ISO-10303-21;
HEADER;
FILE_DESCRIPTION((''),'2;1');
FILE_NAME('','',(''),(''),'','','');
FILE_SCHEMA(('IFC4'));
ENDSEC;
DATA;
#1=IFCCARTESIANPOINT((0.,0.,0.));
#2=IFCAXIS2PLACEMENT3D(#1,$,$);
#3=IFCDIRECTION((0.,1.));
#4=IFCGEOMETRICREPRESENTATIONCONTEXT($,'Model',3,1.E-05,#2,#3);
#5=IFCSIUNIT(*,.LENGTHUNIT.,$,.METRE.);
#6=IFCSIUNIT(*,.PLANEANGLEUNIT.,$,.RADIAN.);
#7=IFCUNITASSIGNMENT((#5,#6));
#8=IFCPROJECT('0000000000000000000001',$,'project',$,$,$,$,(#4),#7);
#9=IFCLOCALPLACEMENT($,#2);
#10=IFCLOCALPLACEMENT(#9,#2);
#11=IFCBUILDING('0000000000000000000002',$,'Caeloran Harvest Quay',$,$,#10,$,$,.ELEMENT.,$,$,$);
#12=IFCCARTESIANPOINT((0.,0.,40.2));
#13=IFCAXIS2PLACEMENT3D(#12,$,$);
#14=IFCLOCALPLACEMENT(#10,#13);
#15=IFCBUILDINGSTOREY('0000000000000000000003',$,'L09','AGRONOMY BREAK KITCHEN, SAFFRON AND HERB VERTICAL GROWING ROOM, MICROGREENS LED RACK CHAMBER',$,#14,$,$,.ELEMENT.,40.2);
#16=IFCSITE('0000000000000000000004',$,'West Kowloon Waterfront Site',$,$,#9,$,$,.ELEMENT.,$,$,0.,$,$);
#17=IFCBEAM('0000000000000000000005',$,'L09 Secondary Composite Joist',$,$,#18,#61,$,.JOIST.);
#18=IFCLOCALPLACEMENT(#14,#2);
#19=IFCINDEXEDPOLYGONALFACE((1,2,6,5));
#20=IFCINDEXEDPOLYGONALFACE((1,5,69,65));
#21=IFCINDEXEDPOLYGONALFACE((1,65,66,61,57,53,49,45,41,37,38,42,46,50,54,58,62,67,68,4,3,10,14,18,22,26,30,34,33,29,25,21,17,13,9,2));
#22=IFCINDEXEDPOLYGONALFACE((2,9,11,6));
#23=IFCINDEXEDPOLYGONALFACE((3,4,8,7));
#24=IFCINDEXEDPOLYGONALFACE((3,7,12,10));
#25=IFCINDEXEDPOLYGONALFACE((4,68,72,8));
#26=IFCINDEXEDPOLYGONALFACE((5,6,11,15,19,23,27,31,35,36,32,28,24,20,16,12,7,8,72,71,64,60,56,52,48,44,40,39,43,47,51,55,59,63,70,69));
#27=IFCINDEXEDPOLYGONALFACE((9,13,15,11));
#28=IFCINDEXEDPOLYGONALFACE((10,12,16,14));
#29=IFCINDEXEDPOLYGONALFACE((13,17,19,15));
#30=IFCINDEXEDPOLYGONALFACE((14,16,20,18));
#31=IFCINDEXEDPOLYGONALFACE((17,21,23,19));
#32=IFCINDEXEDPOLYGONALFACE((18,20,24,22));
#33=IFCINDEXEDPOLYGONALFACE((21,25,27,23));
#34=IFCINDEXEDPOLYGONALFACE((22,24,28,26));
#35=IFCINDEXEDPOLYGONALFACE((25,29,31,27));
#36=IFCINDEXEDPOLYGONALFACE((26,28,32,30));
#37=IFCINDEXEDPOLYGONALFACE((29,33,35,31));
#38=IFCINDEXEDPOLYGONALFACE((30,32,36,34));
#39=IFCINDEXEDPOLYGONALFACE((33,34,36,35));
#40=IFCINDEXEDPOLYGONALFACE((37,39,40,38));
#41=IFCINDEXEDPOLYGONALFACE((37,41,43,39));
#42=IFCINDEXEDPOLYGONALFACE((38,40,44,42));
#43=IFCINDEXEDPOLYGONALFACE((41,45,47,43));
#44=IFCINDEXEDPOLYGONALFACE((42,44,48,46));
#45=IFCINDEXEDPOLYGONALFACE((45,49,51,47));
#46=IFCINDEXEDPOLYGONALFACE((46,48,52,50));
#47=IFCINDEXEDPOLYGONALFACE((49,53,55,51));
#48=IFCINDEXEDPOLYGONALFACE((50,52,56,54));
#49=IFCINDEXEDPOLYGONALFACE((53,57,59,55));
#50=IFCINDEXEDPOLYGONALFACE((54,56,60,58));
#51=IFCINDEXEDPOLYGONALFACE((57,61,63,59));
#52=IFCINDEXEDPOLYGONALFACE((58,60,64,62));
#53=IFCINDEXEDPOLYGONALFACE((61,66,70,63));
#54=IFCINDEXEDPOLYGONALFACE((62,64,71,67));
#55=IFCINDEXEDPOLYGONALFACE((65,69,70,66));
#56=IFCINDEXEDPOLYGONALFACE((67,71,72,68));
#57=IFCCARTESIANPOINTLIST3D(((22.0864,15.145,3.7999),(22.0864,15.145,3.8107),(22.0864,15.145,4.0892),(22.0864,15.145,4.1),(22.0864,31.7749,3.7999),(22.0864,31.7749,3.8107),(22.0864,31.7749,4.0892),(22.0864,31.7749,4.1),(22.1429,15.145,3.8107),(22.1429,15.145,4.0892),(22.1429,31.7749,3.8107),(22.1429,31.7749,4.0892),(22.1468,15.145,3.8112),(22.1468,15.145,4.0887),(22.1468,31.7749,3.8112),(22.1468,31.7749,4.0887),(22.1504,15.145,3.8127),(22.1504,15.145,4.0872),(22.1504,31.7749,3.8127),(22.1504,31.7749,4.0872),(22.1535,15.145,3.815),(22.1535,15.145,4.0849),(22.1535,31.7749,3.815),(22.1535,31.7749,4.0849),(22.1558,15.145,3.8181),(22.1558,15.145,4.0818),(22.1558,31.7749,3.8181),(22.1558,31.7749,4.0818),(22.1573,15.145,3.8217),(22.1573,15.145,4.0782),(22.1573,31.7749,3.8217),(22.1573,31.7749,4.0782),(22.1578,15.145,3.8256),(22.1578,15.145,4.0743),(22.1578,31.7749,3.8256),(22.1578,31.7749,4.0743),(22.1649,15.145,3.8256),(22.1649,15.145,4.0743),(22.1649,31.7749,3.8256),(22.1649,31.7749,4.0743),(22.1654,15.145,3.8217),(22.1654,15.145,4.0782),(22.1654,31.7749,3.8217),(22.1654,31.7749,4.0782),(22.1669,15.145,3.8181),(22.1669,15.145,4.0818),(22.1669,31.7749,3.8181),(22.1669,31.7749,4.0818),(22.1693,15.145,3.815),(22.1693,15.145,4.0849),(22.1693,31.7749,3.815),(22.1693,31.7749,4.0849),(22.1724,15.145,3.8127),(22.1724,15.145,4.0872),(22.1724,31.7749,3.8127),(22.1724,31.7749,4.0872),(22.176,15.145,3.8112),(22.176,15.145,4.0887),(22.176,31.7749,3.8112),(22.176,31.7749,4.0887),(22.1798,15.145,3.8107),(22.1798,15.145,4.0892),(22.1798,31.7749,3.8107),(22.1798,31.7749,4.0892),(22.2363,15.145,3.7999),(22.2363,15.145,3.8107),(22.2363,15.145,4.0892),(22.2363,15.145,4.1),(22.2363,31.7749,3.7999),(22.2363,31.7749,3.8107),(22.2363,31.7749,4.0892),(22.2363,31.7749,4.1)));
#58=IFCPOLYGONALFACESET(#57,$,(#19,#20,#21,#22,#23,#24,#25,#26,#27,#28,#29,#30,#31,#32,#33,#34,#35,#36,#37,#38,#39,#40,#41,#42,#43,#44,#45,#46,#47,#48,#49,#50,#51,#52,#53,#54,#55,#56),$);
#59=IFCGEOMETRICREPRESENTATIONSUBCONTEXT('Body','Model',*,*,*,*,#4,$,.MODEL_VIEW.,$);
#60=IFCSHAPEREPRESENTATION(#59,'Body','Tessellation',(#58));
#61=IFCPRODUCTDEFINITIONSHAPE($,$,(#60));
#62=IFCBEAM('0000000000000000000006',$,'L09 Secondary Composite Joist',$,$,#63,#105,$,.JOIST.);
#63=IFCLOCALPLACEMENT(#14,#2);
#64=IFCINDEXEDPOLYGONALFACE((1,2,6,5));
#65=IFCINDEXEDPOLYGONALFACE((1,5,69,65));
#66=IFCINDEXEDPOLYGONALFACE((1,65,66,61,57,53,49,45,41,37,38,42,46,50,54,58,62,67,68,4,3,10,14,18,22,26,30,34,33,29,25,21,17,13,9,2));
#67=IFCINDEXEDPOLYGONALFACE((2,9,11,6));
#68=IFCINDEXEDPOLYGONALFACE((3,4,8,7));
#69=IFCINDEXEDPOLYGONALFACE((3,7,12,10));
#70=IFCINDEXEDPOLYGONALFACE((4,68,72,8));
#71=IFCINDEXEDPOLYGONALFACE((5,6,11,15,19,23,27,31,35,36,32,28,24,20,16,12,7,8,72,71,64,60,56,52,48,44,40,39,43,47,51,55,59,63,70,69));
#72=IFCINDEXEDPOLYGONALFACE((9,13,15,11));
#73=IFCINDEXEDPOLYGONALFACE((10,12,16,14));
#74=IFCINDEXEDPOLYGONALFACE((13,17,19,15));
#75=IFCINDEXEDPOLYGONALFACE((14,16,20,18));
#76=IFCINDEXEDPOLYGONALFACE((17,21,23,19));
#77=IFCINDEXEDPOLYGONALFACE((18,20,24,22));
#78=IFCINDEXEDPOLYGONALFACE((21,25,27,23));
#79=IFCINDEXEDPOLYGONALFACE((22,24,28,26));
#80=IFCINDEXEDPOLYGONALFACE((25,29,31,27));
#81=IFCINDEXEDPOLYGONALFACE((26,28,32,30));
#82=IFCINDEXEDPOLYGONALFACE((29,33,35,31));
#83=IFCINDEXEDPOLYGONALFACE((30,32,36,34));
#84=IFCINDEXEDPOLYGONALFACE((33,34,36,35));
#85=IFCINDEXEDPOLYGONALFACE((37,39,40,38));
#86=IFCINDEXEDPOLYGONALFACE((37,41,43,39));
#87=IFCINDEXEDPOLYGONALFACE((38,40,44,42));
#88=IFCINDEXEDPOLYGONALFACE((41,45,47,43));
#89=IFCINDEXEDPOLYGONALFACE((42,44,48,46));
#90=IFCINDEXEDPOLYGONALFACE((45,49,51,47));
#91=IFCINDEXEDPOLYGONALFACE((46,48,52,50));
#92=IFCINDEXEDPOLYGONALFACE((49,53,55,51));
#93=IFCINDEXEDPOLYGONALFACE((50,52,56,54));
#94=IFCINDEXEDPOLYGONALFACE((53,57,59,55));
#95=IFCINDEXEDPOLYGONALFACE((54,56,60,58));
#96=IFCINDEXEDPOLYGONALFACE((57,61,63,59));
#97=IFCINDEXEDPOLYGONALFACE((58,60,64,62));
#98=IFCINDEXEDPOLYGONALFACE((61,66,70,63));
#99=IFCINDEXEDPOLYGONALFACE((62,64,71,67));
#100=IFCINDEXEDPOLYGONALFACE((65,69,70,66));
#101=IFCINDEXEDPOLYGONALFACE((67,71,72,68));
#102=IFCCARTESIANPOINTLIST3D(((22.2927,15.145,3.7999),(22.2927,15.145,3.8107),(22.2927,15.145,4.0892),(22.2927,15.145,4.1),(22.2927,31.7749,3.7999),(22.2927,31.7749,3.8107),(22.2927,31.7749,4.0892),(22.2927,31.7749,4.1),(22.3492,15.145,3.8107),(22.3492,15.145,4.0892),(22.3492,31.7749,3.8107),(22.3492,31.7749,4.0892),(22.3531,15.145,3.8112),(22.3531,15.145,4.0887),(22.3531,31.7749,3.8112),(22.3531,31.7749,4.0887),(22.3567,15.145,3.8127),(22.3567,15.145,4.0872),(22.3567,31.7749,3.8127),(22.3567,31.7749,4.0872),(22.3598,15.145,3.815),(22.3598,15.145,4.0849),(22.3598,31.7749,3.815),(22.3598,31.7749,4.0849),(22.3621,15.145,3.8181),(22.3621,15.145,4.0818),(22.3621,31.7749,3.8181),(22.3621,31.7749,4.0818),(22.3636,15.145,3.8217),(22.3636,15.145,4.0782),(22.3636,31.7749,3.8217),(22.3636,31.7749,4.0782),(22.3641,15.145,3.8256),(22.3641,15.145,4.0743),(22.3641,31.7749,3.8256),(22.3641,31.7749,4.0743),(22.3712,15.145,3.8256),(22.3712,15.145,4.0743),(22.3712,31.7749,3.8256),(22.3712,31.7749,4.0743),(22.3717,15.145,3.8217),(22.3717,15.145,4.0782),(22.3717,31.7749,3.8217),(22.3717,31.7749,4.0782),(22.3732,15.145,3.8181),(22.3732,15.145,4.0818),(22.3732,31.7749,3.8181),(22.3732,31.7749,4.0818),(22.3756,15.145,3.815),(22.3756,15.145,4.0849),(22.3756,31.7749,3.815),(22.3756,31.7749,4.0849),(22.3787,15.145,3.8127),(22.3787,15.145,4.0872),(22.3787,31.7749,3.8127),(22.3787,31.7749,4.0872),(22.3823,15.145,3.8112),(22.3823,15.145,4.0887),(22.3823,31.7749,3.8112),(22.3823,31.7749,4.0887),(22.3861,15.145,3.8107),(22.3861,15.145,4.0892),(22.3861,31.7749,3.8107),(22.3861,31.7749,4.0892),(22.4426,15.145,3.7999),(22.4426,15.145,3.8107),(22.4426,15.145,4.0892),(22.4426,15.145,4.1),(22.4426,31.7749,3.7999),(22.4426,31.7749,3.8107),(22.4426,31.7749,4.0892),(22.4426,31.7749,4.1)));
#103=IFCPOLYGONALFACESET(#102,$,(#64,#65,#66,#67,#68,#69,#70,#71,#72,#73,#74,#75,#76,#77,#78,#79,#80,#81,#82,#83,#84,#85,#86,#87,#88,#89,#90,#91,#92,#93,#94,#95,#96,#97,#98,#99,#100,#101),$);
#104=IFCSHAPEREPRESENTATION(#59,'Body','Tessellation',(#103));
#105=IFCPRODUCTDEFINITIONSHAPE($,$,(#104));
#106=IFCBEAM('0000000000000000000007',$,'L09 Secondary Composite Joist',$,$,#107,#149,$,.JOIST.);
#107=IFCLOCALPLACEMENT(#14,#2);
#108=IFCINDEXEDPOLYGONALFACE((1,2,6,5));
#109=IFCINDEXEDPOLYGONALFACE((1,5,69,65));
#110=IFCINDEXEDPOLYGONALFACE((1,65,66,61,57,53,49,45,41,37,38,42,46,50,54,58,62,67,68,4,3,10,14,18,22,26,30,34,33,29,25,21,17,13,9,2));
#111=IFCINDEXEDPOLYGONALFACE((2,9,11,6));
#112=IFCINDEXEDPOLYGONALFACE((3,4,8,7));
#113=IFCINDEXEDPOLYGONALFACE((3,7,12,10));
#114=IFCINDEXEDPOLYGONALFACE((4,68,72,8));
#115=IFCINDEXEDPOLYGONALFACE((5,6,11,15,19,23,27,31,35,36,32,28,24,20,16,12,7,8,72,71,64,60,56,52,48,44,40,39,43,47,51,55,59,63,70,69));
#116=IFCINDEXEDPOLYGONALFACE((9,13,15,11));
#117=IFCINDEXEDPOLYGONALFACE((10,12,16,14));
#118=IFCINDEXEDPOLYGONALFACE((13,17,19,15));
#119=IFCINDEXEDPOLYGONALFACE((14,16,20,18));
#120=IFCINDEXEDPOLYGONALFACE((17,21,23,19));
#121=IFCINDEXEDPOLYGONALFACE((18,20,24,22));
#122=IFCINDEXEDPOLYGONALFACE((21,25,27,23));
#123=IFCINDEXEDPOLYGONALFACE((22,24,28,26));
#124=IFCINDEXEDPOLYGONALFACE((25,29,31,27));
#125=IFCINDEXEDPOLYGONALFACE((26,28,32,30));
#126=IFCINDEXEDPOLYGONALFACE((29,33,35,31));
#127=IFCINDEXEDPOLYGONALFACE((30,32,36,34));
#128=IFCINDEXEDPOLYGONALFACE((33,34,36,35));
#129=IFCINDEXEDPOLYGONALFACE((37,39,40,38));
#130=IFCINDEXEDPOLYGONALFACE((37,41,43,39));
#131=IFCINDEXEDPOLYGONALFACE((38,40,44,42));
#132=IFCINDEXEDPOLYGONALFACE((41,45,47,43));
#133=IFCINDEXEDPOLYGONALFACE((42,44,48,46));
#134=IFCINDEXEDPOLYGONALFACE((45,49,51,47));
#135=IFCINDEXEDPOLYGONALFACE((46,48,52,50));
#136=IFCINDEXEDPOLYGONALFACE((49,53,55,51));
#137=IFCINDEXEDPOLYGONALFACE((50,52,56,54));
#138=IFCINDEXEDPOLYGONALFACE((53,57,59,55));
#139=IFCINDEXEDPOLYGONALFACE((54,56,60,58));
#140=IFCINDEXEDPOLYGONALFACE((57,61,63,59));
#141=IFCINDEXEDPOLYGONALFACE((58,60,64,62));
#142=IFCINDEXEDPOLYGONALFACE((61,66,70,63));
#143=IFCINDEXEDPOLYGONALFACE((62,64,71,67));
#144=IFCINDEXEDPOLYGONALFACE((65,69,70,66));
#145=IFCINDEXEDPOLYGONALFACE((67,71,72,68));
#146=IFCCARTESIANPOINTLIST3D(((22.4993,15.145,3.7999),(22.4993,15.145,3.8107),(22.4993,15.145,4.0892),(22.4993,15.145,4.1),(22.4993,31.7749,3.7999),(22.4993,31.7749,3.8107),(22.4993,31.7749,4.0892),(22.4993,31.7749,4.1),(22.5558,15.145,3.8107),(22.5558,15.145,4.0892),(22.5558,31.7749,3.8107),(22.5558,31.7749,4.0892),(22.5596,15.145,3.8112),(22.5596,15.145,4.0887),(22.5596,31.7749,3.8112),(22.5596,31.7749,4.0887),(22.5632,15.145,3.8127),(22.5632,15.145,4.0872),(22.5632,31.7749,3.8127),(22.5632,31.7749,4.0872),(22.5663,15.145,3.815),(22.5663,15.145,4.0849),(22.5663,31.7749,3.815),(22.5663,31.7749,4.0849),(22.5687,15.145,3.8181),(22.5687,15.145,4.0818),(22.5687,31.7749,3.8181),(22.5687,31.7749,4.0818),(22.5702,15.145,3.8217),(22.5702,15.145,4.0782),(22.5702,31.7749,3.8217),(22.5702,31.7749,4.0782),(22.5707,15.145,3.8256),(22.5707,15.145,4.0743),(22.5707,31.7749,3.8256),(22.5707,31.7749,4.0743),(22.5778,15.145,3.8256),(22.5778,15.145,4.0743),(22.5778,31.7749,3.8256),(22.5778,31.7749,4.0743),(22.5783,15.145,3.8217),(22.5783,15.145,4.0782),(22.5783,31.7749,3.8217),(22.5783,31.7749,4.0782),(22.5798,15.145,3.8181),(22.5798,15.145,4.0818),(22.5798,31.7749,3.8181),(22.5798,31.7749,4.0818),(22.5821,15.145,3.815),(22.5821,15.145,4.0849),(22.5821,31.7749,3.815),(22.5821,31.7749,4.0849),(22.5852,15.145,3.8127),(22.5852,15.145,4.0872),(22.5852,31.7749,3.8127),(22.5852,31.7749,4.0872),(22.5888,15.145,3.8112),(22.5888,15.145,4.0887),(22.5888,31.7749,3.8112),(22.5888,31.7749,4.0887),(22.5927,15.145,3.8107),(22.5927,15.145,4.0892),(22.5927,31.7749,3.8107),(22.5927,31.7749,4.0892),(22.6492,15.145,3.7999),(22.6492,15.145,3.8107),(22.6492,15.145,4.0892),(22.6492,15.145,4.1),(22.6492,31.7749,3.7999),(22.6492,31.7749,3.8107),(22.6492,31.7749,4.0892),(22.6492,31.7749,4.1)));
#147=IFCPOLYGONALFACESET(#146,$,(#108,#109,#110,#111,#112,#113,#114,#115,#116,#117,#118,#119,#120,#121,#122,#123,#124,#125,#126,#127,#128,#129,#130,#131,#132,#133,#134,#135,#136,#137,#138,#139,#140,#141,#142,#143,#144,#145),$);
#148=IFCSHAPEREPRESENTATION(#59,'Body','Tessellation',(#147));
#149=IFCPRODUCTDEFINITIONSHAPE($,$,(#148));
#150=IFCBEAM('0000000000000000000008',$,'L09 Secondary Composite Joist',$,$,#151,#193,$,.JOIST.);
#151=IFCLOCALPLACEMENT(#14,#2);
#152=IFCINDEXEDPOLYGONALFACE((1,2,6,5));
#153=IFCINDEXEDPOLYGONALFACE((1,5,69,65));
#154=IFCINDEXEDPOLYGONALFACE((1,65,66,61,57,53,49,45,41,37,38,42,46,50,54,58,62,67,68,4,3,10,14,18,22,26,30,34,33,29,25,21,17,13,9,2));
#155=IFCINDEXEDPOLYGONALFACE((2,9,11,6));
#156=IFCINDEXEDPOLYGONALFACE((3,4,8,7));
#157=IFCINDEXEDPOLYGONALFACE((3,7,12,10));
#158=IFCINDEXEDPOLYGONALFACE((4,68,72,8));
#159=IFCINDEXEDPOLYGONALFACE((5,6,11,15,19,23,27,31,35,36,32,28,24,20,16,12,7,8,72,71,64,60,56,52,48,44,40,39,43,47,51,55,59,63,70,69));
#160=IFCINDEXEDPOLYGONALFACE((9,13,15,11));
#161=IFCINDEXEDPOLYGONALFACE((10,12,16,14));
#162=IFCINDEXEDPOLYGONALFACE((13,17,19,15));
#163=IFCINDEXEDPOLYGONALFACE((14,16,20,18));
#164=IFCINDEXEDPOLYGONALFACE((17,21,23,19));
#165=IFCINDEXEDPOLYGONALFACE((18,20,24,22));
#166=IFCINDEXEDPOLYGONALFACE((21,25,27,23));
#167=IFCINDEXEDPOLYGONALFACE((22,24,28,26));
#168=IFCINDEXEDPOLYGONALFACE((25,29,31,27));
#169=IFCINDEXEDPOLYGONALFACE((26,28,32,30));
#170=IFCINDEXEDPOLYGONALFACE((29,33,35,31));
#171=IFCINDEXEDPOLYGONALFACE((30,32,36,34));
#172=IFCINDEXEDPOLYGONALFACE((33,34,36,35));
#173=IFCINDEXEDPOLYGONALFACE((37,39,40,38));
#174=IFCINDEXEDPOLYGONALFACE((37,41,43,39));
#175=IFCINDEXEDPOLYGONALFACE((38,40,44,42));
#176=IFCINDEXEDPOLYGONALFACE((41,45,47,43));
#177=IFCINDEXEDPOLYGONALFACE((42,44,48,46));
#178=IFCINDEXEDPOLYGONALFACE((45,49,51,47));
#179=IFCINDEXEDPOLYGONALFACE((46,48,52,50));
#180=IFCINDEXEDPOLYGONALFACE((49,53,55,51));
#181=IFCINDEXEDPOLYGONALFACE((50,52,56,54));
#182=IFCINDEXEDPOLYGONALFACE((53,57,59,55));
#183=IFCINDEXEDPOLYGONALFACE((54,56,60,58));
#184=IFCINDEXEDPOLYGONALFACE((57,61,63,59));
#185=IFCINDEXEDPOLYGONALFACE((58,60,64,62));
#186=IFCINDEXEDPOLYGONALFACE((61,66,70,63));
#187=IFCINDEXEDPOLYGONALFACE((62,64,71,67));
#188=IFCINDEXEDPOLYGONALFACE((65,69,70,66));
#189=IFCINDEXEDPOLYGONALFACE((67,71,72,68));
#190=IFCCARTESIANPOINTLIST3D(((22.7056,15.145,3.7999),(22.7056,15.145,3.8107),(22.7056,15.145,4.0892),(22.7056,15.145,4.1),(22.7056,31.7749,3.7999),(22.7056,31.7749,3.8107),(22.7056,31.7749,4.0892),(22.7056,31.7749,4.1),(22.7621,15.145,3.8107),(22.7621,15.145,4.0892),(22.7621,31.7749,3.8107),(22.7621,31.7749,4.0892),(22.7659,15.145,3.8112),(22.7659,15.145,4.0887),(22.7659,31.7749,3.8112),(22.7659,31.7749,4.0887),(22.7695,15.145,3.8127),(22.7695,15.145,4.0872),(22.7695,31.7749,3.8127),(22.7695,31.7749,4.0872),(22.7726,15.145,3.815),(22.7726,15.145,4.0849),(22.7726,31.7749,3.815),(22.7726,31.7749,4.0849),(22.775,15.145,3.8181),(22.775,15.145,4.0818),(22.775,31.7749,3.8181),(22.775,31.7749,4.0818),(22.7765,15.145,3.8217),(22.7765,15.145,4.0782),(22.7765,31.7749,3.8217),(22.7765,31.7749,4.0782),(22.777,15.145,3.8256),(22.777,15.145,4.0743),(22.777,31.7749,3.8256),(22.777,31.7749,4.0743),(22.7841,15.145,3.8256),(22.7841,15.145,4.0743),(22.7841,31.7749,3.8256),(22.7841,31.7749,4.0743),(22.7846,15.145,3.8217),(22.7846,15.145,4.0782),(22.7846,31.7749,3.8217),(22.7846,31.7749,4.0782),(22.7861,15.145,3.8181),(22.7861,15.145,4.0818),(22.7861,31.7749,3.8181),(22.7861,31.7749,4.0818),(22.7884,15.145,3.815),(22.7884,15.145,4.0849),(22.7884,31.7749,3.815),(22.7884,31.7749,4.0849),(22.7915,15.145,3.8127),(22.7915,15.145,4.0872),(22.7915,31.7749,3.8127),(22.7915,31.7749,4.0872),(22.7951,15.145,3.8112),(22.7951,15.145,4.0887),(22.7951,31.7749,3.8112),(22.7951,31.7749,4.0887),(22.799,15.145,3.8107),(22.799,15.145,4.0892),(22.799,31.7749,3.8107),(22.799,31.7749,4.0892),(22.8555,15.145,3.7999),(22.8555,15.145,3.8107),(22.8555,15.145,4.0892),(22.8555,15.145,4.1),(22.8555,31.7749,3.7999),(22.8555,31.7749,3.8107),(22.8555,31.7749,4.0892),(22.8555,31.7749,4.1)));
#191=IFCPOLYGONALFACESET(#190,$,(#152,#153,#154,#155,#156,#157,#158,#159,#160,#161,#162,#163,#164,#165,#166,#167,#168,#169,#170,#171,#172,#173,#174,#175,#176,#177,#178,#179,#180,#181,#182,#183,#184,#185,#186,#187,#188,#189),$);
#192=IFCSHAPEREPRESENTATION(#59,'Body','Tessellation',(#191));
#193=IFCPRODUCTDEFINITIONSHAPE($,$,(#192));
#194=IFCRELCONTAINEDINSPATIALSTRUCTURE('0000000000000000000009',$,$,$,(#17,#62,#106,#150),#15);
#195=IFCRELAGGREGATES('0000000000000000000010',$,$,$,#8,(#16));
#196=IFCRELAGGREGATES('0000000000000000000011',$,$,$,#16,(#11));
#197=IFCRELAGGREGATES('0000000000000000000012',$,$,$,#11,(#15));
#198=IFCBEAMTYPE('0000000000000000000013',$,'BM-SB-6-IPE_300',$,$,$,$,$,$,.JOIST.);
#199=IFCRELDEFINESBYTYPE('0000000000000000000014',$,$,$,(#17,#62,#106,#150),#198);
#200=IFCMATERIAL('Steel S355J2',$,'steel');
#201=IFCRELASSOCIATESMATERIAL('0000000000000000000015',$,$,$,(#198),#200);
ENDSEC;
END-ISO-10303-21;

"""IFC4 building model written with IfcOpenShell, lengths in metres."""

from ifc_helpers import new_model, si_unit, direction, frame, origin, origin_2d, place, context, subcontext, project, spatial, i_section, extrude, material, material_profile, profile_set, type_object, element, save


model = new_model("IFC4")

# Units and contexts
model_context = context("Model", 3, precision=1e-05, world=origin(), true_north=direction((0.0, 1.0)))
body_context = subcontext(model_context, "Body", "Model", "MODEL_VIEW")
ifc_project = project(units=[si_unit("LENGTHUNIT", "METRE"), si_unit("PLANEANGLEUNIT", "RADIAN")], contexts=[model_context])

# Site, building, storey
site_placement = place(None, origin())
site = spatial("IfcSite", under=ifc_project, at=site_placement, Name="West Kowloon Waterfront Site", CompositionType="ELEMENT", RefElevation=0.0)
building_placement = place(site_placement, origin())
building = spatial("IfcBuilding", under=site, at=building_placement, Name="Caeloran Harvest Quay", CompositionType="ELEMENT")
storey_placement = place(building_placement, frame((0.0, 0.0, 40.2)))
storey = spatial("IfcBuildingStorey", under=building, at=storey_placement, Name="L09", Description="AGRONOMY BREAK KITCHEN, SAFFRON AND HERB VERTICAL GROWING ROOM, MICROGREENS LED RACK CHAMBER", CompositionType="ELEMENT", Elevation=40.2)

# Beams
ifc_material_1 = material(Name="Steel S355J2", Category="steel")
ifc_material_profile_1 = material_profile(ifc_material_1, i_section(OverallWidth=0.1499, OverallDepth=0.3, WebThickness=0.0071, FlangeThickness=0.0107, FilletRadius=0.0149, at=origin_2d()), Name="IPE 300")
ifc_profile_set_1 = profile_set([ifc_material_profile_1], Name="Steel S355J2")
beam_type_1 = type_object("IfcBeamType", Name="BM-SB-6-IPE_300", PredefinedType="JOIST", material=ifc_profile_set_1)
for number, where, z_axis, x_axis, name in (
    (1, (22.1614, 15.145, 3.95), (0.0, 1.0, 0.0), (-1.0, 0.0, 0.0), "L09 Secondary Composite Joist"),
    (2, (22.3677, 15.145, 3.95), (0.0, 1.0, 0.0), (-1.0, 0.0, 0.0), "L09 Secondary Composite Joist"),
    (3, (22.5742, 15.145, 3.95), (0.0, 1.0, 0.0), (-1.0, 0.0, 0.0), "L09 Secondary Composite Joist"),
    (4, (22.7805, 15.145, 3.95), (0.0, 1.0, 0.0), (-1.0, 0.0, 0.0), "L09 Secondary Composite Joist"),
):
    element("IfcBeam", number, at=place(storey_placement, frame(where, z_axis=z_axis, x_axis=x_axis)), inside=storey, type_object=beam_type_1, Name=name, PredefinedType="JOIST", context=body_context, shape_type="SweptSolid", body=[
        extrude(i_section(OverallWidth=0.1499, OverallDepth=0.3, WebThickness=0.0071, FlangeThickness=0.0107, FilletRadius=0.0149, at=origin_2d()), origin(), (0.0, 0.0, 1.0), 16.6299),
    ])

save(model, "model.ifc")
